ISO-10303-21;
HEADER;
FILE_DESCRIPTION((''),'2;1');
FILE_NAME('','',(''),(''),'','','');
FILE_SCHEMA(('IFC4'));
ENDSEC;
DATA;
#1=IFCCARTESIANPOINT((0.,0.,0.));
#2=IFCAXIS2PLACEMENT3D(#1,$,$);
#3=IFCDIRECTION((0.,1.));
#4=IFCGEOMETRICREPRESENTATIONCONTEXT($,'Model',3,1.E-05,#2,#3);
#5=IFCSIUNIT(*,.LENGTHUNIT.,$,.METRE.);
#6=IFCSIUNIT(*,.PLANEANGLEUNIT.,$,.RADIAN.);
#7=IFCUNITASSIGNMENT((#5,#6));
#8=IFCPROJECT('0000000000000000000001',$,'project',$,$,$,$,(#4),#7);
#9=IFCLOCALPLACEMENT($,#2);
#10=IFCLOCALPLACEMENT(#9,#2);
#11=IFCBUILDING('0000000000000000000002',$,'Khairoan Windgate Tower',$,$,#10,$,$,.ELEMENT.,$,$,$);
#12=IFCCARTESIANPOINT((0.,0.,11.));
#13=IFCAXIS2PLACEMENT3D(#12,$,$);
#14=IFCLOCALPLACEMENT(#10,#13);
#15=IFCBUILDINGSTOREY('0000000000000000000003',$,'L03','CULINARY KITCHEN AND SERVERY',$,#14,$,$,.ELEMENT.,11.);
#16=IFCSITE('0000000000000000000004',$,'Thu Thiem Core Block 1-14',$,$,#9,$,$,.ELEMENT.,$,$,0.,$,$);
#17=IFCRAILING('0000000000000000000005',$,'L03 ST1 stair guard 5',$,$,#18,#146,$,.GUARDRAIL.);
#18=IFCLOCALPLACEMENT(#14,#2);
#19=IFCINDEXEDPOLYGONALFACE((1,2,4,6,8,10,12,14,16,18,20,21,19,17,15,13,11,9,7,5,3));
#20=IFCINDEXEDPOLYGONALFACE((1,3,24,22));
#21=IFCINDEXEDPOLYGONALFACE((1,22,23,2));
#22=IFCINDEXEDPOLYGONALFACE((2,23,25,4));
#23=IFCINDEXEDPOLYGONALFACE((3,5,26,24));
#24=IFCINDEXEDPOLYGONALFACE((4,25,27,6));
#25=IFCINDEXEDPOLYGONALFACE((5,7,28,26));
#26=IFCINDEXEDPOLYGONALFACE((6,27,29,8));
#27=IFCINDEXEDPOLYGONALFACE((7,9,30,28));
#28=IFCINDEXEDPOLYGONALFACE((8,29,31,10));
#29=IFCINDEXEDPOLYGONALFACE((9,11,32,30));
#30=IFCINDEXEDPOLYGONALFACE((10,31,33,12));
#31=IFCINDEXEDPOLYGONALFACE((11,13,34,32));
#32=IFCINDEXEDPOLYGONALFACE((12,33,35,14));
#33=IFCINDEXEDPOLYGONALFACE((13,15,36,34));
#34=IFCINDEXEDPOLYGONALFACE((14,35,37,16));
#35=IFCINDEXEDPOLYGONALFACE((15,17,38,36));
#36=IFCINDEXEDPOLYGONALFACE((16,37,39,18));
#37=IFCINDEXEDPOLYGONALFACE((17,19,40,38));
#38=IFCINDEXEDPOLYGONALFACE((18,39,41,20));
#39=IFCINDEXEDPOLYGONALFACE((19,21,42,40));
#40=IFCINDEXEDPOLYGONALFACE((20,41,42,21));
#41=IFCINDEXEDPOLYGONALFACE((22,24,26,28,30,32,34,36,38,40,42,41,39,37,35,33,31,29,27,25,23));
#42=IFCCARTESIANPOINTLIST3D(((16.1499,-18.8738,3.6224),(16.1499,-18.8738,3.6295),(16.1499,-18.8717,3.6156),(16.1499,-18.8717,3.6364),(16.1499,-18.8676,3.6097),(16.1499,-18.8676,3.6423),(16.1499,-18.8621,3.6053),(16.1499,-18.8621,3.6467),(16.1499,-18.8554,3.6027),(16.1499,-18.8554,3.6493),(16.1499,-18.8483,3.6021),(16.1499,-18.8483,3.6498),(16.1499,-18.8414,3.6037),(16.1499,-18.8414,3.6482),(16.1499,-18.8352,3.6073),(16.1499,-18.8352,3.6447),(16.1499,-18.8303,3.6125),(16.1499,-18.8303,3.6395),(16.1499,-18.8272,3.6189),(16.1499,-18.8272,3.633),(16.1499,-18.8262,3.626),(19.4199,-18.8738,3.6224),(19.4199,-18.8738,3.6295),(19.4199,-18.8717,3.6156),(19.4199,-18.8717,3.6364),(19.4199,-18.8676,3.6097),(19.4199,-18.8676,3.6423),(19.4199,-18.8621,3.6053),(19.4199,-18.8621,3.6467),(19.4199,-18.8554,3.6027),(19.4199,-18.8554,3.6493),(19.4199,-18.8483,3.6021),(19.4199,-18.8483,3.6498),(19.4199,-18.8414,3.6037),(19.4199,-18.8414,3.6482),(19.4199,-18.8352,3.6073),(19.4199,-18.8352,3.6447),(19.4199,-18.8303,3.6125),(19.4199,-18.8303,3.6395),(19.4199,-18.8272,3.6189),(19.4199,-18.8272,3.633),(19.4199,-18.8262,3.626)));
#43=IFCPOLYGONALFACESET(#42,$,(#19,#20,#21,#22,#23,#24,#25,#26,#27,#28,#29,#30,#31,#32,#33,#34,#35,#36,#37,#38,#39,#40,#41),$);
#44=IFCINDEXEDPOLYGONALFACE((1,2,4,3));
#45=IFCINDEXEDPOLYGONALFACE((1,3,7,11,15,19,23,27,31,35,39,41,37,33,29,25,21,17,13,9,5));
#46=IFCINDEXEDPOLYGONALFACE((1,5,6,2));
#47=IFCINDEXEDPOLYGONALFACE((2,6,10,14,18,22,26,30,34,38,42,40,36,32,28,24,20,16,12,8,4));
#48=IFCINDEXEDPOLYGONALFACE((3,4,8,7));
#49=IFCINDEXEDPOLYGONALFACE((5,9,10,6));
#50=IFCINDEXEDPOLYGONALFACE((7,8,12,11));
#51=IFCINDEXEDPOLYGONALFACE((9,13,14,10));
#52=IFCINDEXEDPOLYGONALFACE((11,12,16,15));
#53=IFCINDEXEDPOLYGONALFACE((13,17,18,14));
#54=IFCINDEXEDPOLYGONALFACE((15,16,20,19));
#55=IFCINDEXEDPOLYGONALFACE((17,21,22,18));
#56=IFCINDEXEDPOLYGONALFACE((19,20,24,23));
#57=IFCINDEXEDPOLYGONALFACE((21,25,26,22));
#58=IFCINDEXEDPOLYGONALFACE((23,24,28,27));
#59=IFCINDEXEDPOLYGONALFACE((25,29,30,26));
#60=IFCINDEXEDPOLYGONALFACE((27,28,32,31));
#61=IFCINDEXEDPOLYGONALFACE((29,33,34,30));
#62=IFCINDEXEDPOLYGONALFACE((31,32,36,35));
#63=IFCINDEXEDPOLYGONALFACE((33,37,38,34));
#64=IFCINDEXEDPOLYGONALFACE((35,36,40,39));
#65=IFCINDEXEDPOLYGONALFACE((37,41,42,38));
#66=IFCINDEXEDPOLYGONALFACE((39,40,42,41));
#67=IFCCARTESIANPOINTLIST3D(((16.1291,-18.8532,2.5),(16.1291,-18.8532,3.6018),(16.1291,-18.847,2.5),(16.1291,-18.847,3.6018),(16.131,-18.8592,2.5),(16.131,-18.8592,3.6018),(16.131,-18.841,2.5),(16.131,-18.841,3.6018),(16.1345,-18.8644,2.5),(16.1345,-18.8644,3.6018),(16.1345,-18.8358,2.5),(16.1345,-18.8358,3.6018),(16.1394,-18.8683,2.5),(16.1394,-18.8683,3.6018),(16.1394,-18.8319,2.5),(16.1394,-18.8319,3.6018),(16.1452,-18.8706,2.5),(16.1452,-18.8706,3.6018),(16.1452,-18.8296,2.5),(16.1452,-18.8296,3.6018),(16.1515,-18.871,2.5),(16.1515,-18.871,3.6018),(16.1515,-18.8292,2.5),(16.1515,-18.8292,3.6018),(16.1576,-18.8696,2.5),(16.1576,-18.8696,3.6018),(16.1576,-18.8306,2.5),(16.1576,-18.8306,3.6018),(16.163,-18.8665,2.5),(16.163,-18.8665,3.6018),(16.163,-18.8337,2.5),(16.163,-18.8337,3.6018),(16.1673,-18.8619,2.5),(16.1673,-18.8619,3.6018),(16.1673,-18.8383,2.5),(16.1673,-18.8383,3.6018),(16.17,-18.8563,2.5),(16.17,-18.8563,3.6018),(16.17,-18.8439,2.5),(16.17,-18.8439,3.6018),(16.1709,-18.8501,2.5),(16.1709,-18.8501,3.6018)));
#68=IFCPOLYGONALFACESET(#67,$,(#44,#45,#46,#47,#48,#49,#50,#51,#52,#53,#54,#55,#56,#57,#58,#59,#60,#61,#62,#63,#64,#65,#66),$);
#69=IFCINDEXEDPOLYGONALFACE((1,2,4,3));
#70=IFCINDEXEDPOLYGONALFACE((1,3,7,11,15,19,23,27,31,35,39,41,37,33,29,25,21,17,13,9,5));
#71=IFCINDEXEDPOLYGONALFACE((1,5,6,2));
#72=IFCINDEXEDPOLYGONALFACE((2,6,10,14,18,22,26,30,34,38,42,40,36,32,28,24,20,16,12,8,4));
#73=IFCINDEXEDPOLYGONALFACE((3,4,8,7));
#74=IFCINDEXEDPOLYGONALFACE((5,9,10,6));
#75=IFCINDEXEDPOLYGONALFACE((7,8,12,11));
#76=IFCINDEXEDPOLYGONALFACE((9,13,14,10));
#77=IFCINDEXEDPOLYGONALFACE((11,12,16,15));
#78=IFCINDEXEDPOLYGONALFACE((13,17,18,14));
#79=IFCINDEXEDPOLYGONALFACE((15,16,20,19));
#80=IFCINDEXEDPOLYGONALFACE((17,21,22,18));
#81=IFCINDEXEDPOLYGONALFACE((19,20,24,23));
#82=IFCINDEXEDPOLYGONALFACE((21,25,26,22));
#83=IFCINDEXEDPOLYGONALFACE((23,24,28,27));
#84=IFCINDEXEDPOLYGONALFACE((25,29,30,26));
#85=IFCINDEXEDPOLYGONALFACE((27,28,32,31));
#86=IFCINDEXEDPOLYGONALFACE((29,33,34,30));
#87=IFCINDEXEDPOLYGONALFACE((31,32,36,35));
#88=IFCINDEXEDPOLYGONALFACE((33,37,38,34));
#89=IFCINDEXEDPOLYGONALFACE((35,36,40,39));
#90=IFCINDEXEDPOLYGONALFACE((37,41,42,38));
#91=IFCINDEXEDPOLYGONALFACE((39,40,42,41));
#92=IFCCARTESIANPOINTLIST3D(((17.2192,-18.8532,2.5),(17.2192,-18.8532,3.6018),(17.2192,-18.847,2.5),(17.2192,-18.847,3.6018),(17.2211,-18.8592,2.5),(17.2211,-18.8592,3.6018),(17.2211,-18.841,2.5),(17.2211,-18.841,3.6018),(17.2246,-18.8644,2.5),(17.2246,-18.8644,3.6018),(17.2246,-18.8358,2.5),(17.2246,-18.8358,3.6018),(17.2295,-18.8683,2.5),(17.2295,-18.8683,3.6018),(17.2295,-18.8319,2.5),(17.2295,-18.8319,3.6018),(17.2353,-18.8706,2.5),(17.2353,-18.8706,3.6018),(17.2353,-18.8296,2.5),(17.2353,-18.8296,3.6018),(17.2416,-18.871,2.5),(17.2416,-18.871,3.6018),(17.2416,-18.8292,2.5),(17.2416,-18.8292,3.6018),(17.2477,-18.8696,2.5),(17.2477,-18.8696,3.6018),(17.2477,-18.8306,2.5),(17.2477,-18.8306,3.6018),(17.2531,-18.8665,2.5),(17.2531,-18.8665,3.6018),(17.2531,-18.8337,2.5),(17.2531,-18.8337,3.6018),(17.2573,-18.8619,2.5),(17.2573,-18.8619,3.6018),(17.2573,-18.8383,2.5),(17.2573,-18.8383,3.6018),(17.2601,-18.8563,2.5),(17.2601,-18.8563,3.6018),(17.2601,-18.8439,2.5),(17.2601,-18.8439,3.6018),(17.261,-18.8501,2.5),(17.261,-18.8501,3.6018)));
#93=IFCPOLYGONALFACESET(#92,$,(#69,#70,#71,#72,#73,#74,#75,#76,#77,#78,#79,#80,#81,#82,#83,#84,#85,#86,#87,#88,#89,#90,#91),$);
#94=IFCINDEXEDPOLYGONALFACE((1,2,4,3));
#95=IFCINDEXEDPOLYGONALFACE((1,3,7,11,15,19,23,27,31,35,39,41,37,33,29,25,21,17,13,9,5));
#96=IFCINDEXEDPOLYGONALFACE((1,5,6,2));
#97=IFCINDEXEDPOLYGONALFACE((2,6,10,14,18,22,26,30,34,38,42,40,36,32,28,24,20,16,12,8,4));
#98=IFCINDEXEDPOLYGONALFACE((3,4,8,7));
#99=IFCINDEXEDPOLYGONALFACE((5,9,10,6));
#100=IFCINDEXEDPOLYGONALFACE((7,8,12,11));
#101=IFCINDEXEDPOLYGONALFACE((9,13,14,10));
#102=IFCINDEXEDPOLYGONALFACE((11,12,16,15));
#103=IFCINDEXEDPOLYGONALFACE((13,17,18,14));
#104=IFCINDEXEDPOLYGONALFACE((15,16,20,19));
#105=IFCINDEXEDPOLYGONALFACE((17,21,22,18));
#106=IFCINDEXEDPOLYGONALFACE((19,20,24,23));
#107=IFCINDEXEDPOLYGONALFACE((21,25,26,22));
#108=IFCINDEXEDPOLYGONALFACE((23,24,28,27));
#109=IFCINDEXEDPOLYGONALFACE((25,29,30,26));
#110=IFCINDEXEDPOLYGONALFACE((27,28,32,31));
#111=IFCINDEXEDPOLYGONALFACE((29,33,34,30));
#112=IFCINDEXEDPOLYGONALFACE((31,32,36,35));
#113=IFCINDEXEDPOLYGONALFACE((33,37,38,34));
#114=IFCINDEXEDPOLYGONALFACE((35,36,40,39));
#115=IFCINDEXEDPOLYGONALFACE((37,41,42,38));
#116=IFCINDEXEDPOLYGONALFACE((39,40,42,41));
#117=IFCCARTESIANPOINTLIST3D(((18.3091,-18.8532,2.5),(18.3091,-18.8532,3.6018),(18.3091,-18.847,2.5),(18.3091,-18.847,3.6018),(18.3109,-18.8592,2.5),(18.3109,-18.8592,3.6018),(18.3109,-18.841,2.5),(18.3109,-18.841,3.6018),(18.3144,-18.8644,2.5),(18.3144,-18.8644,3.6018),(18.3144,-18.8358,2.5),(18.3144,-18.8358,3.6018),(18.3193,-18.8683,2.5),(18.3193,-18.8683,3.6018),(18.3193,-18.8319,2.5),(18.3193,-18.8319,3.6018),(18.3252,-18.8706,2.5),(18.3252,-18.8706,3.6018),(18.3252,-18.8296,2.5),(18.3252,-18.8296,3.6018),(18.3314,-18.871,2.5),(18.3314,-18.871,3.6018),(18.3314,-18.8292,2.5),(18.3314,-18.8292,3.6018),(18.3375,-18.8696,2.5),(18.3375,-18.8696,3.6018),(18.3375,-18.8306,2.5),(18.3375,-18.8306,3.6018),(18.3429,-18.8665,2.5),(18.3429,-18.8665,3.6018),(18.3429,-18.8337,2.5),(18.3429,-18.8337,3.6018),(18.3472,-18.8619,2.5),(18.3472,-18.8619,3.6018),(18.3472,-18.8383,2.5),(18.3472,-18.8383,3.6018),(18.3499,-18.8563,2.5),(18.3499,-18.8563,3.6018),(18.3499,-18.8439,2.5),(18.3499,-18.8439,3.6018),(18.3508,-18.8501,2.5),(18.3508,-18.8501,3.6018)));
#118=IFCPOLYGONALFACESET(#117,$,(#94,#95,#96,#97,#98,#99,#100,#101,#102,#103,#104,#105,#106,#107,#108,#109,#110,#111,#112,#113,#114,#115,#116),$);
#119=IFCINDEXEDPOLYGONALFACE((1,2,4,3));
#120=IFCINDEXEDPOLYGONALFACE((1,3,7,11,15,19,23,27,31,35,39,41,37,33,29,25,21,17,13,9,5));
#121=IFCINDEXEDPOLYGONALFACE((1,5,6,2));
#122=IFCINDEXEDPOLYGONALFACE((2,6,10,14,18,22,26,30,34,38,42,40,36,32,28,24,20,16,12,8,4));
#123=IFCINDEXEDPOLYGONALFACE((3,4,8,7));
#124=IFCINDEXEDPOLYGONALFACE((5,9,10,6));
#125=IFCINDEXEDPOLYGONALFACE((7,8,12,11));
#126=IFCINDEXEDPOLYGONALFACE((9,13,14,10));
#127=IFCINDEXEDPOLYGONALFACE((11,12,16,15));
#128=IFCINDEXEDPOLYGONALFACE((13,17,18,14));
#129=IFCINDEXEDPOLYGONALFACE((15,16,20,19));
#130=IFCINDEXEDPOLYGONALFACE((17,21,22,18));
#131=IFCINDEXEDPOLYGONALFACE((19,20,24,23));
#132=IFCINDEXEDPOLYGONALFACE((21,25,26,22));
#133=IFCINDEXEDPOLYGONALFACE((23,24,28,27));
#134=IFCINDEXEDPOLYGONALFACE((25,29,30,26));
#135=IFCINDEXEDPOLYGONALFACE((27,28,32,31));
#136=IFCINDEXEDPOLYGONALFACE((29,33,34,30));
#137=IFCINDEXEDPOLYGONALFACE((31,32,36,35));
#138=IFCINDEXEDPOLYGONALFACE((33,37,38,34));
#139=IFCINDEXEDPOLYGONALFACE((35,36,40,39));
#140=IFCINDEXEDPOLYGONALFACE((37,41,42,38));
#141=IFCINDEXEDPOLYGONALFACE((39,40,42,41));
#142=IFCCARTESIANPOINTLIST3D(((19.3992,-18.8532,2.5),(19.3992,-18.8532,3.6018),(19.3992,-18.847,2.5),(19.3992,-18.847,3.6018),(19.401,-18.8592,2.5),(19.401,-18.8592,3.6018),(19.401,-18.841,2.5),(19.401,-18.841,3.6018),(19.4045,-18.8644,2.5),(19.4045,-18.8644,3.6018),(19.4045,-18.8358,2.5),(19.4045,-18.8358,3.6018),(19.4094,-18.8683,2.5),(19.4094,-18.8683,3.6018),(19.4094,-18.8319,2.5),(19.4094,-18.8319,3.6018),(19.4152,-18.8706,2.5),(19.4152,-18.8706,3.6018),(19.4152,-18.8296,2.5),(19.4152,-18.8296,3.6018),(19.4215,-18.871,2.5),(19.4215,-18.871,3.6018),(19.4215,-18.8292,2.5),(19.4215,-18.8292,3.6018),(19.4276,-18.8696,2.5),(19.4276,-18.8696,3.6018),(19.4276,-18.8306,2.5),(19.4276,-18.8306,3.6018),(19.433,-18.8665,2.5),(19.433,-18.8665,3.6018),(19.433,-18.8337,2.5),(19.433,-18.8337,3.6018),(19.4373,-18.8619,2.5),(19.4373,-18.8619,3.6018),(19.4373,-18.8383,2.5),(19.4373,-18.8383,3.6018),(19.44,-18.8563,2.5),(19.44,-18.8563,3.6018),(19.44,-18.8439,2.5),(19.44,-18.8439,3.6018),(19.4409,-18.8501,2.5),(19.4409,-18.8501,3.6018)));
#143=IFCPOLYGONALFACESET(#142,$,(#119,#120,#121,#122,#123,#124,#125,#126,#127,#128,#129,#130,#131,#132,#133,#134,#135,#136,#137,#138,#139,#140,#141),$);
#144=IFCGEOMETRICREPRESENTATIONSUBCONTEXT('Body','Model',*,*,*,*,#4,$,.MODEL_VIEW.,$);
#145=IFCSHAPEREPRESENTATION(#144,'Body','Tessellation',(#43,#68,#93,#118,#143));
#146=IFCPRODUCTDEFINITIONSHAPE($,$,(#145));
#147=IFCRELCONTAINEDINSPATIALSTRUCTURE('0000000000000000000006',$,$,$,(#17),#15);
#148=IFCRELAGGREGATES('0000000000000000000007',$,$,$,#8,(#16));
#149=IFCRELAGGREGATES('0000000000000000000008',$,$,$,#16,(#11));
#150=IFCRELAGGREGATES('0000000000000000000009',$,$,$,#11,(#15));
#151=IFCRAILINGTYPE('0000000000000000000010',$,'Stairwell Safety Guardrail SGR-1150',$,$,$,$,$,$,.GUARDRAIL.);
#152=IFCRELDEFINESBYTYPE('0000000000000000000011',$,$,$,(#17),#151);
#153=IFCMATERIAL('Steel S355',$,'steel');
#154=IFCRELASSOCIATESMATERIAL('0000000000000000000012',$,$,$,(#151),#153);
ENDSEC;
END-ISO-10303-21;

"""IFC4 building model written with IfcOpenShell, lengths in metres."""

from ifc_helpers import new_model, si_unit, direction, frame, origin, origin_2d, place, context, subcontext, project, spatial, circle, extrude, material, type_object, element, save


model = new_model("IFC4")

# Units and contexts
model_context = context("Model", 3, precision=1e-05, world=origin(), true_north=direction((0.0, 1.0)))
body_context = subcontext(model_context, "Body", "Model", "MODEL_VIEW")
ifc_project = project(units=[si_unit("LENGTHUNIT", "METRE"), si_unit("PLANEANGLEUNIT", "RADIAN")], contexts=[model_context])

# Site, building, storey
site_placement = place(None, origin())
site = spatial("IfcSite", under=ifc_project, at=site_placement, Name="Thu Thiem Core Block 1-14", CompositionType="ELEMENT", RefElevation=0.0)
building_placement = place(site_placement, origin())
building = spatial("IfcBuilding", under=site, at=building_placement, Name="Khairoan Windgate Tower", CompositionType="ELEMENT")
storey_placement = place(building_placement, frame((0.0, 0.0, 11.0)))
storey = spatial("IfcBuildingStorey", under=building, at=storey_placement, Name="L03", Description="CULINARY KITCHEN AND SERVERY", CompositionType="ELEMENT", Elevation=11.0)

# Railing
ifc_material_1 = material(Name="Steel S355", Category="steel")
railing_type = type_object("IfcRailingType", Name="Stairwell Safety Guardrail SGR-1150", PredefinedType="GUARDRAIL", material=ifc_material_1)
railing_1_placement = place(storey_placement, frame((16.1499, -18.8501, 2.5)))
element("IfcRailing", 1, at=railing_1_placement, inside=storey, type_object=railing_type, Name="L03 ST1 stair guard 5", PredefinedType="GUARDRAIL", context=body_context, shape_type="SweptSolid", body=[
    extrude(circle(Radius=0.0239, at=origin_2d()), frame((0.0, 0.0, 1.126), z_axis=(1.0, 0.0, 0.0), x_axis=(0.0, 1.0, 0.0)), (0.0, 0.0, 1.0), 3.27),
    extrude(circle(Radius=0.021, at=origin_2d()), origin(), (0.0, 0.0, 1.0), 1.1018),
    extrude(circle(Radius=0.021, at=origin_2d()), frame((1.0901, 0.0, 0.0)), (0.0, 0.0, 1.0), 1.1018),
    extrude(circle(Radius=0.021, at=origin_2d()), frame((2.1799, 0.0, 0.0)), (0.0, 0.0, 1.0), 1.1018),
    extrude(circle(Radius=0.021, at=origin_2d()), frame((3.27, 0.0, 0.0)), (0.0, 0.0, 1.0), 1.1018),
])

save(model, "model.ifc")
